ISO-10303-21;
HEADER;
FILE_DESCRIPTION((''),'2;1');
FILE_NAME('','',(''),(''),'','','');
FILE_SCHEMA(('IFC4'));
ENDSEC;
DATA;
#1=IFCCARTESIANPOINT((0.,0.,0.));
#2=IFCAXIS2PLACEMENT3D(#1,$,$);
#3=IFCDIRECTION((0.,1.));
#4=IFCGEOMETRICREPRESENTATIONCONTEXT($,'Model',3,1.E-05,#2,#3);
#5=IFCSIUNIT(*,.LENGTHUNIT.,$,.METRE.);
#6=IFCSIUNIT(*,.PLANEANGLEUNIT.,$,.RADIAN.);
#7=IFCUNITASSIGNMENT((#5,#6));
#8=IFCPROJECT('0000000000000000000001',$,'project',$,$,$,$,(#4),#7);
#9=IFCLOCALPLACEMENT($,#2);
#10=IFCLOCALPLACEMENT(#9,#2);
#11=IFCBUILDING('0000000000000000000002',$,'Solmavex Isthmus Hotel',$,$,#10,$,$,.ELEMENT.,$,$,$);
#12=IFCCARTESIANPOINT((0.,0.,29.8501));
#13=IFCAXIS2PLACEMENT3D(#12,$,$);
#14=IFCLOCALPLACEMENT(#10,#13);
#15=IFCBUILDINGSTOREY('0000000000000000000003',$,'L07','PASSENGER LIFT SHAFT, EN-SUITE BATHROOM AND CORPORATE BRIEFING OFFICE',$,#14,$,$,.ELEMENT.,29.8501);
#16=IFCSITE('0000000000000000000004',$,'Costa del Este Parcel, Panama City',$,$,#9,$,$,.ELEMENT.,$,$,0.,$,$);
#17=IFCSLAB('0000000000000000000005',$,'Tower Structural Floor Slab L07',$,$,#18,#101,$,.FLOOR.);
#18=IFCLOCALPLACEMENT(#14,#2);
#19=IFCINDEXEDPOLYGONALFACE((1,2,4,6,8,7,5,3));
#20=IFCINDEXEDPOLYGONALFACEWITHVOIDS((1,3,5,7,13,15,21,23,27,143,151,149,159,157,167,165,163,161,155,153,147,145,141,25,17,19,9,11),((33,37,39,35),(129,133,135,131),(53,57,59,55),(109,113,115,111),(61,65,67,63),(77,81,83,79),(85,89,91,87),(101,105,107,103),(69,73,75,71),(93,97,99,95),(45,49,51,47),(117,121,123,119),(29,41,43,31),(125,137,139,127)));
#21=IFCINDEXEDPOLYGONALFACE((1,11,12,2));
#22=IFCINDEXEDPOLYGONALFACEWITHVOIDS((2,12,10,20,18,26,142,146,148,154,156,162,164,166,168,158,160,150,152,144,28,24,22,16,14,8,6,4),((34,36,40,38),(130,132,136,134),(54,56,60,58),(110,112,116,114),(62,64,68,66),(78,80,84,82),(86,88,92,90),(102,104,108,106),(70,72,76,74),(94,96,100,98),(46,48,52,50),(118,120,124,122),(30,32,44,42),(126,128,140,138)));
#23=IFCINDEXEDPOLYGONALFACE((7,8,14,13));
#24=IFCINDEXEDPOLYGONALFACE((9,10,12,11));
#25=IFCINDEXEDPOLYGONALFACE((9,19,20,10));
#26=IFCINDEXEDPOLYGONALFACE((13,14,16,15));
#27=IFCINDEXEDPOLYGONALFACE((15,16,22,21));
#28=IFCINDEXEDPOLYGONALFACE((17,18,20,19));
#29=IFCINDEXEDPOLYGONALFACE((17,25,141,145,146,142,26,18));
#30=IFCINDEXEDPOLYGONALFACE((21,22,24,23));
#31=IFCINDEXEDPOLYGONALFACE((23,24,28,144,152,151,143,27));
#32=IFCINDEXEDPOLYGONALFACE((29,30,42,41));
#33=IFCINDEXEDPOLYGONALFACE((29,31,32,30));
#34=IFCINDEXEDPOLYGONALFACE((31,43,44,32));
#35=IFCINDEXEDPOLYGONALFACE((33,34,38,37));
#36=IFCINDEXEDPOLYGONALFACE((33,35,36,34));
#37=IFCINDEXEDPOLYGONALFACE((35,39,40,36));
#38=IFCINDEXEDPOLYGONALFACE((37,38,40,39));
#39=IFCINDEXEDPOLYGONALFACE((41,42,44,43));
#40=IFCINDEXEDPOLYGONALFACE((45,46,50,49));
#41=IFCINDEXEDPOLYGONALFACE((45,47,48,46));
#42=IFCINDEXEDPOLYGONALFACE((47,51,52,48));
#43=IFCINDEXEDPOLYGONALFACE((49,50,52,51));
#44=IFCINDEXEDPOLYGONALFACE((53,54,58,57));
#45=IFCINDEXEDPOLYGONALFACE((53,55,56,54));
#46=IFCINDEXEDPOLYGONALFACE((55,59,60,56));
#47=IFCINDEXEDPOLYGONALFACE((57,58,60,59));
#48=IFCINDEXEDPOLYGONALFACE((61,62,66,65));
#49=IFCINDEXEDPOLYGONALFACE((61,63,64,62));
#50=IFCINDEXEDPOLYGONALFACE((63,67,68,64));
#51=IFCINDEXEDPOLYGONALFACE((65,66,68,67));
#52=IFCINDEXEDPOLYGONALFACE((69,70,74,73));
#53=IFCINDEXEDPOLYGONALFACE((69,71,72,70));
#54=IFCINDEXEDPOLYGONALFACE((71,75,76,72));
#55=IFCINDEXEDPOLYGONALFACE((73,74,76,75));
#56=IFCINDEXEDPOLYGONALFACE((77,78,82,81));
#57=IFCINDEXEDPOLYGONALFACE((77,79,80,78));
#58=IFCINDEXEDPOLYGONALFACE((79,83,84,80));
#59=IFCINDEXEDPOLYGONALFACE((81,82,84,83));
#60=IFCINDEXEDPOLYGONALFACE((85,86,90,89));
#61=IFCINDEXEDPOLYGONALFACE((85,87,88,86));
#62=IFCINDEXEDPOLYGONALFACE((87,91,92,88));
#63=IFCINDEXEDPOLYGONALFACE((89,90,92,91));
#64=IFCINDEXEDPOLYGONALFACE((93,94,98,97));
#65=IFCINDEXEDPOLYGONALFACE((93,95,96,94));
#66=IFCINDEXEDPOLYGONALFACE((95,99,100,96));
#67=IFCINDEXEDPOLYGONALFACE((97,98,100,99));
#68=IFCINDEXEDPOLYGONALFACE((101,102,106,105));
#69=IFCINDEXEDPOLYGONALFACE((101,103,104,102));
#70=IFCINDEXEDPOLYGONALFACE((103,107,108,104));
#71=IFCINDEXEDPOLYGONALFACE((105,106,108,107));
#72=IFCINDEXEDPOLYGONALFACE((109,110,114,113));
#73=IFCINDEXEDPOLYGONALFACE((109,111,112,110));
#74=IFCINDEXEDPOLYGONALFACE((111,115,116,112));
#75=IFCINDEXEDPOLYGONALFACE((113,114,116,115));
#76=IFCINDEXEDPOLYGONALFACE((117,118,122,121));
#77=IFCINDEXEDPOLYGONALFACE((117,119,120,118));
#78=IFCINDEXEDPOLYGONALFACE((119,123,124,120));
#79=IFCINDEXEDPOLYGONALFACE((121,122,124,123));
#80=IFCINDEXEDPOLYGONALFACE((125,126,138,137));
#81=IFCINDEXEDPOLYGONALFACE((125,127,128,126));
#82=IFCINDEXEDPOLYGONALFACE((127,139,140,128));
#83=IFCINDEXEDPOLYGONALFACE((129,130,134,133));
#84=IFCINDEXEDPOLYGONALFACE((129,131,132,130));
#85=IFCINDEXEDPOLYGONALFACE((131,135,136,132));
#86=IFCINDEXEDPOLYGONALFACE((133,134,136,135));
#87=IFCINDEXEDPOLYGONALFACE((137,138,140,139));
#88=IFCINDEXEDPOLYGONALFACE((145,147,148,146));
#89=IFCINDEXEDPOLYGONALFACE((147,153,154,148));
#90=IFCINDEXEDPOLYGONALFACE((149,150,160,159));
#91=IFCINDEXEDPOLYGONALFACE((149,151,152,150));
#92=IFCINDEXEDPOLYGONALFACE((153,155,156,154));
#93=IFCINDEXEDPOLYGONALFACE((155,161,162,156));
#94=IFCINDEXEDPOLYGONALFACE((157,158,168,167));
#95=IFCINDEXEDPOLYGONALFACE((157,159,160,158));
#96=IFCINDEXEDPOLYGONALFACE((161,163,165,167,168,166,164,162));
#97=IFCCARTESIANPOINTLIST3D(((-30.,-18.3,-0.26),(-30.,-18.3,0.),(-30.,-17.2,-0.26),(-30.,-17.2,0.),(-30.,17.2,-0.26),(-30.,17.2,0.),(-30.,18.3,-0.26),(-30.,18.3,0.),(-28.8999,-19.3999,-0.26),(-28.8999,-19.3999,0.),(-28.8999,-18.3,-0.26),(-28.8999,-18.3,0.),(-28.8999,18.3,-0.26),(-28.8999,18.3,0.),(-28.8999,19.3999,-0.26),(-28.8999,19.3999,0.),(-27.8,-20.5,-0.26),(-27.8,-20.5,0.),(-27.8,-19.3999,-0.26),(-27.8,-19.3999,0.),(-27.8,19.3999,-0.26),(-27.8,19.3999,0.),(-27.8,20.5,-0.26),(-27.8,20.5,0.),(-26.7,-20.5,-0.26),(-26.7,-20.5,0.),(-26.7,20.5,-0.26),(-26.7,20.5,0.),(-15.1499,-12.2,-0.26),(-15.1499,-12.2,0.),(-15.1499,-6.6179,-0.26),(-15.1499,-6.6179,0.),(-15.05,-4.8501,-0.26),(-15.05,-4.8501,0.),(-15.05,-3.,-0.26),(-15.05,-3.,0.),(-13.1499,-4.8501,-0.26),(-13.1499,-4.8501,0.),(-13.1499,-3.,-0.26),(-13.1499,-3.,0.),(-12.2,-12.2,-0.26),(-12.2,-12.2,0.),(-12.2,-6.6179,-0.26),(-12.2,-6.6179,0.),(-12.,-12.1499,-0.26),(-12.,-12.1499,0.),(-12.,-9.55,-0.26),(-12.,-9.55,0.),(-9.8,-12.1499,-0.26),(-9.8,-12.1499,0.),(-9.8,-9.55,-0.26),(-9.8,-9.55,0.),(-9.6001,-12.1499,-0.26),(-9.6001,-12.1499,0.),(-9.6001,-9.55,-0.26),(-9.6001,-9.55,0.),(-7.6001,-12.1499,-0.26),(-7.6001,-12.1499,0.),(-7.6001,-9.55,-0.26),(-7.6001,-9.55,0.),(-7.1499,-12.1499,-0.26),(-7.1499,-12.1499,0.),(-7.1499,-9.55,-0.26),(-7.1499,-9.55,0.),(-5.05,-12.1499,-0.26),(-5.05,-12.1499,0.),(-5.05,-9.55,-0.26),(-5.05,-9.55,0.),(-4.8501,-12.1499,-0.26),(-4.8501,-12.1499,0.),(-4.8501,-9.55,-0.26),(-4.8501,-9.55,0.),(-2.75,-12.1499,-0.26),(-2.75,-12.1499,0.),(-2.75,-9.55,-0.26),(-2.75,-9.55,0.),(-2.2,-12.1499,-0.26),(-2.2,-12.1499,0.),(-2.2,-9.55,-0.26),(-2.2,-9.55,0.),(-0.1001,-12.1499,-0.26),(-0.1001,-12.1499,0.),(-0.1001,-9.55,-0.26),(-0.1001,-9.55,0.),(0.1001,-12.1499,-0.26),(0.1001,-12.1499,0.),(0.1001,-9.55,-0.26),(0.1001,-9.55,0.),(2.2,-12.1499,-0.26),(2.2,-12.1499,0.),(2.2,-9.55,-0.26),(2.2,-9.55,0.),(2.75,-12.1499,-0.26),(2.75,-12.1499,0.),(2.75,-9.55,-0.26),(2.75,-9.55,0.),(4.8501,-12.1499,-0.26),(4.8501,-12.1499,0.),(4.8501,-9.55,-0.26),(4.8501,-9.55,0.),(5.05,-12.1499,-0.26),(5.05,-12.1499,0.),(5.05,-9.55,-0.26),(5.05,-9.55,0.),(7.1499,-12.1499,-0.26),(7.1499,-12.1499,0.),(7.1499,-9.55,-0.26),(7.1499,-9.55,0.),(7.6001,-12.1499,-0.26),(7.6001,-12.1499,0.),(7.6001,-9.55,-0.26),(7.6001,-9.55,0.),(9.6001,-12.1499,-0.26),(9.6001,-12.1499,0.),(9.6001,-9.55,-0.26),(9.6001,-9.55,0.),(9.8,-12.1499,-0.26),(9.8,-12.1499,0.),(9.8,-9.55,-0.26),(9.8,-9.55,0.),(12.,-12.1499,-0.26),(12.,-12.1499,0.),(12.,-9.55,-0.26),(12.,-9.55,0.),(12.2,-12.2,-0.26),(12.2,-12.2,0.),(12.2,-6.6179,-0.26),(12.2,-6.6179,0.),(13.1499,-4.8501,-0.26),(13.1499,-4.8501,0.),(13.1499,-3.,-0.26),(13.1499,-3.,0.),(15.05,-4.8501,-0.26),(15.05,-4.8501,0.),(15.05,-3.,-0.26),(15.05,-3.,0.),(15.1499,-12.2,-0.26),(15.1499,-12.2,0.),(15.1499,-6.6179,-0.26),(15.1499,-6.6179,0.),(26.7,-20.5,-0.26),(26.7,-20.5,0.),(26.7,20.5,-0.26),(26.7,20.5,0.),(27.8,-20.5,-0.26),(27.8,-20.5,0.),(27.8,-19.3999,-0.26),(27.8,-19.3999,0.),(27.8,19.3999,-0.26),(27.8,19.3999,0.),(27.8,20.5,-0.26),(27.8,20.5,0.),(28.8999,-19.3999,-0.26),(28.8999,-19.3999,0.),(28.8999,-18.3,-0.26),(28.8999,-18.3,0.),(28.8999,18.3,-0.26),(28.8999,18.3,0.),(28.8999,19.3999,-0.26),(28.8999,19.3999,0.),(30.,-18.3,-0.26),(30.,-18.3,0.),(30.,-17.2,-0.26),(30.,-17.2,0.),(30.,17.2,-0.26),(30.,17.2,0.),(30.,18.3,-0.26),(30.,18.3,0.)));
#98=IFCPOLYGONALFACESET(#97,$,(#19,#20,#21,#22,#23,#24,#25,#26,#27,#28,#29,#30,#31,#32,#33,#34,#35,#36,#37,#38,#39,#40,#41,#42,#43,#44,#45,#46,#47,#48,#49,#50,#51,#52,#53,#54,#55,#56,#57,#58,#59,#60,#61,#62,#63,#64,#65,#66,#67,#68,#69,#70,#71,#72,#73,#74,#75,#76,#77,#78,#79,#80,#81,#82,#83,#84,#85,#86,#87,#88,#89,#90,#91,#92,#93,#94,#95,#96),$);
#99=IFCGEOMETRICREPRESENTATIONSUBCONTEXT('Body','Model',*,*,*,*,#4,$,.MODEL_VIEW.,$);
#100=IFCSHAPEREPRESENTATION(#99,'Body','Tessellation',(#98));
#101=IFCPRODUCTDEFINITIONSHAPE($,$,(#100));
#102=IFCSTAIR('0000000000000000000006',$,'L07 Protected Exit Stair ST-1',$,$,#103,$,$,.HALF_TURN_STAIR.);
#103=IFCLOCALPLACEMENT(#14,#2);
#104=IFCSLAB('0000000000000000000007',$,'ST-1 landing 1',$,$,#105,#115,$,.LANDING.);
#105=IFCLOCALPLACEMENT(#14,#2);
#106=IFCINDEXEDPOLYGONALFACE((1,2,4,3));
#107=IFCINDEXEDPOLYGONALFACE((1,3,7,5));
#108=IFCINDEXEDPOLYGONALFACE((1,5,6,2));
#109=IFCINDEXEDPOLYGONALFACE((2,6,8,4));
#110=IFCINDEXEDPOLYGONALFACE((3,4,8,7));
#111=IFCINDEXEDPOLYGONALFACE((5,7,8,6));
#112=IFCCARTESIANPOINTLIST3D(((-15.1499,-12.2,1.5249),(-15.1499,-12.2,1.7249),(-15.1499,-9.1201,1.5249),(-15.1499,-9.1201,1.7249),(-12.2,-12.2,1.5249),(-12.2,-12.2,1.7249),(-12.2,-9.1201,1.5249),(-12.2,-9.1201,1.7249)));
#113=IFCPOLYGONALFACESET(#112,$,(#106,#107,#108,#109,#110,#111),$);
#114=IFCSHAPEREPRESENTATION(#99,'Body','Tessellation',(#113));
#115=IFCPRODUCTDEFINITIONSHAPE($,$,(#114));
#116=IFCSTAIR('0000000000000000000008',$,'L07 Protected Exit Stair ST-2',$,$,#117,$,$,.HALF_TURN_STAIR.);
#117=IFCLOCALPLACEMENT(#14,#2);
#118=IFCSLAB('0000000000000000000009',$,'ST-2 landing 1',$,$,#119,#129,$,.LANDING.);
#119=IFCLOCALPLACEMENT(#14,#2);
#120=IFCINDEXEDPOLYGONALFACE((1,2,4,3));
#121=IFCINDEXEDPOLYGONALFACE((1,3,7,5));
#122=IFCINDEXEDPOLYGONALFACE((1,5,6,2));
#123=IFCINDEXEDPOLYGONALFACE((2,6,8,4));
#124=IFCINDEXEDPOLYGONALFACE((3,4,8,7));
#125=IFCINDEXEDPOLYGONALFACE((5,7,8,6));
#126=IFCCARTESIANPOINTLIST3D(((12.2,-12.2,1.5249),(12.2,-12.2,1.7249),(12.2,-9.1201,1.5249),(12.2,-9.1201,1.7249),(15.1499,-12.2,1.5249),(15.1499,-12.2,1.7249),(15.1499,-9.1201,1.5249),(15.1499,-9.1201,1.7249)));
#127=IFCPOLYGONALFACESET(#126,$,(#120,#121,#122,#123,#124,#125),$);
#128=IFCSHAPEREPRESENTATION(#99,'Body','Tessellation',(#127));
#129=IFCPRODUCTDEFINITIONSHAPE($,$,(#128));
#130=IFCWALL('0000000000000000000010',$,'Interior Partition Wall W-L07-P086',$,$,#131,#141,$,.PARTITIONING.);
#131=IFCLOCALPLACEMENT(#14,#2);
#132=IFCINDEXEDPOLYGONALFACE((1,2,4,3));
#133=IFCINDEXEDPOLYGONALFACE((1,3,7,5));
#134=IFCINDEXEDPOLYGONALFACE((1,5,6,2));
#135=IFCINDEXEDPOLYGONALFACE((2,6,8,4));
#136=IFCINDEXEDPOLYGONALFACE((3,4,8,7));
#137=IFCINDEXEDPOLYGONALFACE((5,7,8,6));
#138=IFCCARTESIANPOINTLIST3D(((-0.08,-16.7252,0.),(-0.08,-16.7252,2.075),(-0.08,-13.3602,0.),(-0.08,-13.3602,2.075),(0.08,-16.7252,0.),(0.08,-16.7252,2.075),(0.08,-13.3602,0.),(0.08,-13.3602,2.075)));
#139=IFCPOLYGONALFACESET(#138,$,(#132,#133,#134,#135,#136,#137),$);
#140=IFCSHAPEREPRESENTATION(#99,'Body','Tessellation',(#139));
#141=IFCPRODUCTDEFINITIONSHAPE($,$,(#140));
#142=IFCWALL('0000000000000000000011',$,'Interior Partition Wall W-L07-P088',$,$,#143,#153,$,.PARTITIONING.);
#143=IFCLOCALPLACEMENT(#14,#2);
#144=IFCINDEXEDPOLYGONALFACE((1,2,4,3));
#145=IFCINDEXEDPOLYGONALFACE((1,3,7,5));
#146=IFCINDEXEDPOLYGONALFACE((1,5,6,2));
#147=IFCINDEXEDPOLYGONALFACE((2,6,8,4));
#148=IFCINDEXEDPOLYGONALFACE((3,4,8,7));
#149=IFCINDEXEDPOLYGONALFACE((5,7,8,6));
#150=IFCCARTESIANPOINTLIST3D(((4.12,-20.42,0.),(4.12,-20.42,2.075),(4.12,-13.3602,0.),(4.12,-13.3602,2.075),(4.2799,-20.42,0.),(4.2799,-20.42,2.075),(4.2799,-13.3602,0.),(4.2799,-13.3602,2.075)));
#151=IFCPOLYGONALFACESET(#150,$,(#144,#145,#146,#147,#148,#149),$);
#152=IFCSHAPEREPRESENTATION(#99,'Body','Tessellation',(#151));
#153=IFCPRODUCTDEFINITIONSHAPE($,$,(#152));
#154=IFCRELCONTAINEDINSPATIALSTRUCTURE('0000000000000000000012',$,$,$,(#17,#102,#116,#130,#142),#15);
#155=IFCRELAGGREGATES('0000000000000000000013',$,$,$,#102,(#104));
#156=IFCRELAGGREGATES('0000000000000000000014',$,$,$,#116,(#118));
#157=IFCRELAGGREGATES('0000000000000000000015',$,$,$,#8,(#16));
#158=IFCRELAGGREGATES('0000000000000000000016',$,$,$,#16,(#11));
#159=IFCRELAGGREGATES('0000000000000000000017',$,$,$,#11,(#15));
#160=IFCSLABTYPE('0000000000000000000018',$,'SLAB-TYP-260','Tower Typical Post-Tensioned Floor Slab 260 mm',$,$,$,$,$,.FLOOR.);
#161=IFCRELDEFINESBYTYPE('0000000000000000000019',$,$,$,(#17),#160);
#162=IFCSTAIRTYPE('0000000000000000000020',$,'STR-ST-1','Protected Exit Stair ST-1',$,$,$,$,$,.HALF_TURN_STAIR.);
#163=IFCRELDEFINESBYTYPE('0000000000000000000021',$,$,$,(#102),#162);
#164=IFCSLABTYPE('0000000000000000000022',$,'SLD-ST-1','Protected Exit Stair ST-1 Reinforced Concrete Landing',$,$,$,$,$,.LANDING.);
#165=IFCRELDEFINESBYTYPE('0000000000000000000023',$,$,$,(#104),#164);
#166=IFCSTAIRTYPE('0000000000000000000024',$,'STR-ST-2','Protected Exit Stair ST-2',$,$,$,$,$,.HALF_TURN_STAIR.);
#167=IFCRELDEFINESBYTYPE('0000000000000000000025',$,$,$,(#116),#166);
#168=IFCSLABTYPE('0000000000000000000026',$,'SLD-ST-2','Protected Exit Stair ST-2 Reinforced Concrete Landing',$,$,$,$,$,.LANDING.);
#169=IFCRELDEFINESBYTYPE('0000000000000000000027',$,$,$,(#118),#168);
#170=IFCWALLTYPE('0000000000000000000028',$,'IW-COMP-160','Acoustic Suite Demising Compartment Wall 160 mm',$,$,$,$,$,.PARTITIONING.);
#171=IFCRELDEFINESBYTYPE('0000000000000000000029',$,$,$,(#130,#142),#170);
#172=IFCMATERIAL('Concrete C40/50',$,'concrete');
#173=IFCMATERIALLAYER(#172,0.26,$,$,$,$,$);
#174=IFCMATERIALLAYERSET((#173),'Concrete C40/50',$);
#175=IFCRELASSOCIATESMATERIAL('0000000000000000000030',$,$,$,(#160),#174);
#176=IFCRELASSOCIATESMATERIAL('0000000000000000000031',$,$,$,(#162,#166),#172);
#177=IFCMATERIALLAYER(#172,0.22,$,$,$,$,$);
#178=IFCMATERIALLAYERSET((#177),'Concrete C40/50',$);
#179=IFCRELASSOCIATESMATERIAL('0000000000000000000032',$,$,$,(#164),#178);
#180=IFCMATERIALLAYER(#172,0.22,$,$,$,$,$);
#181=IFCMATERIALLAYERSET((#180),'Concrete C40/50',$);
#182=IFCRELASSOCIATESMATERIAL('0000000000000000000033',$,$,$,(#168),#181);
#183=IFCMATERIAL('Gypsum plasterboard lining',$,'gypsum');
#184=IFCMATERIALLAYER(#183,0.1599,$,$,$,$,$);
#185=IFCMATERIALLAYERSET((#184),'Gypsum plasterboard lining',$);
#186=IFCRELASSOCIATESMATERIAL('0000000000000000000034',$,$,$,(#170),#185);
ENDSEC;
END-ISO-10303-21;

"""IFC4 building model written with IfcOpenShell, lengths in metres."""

from ifc_helpers import new_model, si_unit, direction, frame, frame_2d, origin, place, context, subcontext, project, spatial, polyline, rectangle, outline, extrude, material, layer, layer_set, type_object, element, aggregate, save


model = new_model("IFC4")

# Units and contexts
model_context = context("Model", 3, precision=1e-05, world=origin(), true_north=direction((0.0, 1.0)))
body_context = subcontext(model_context, "Body", "Model", "MODEL_VIEW")
ifc_project = project(units=[si_unit("LENGTHUNIT", "METRE"), si_unit("PLANEANGLEUNIT", "RADIAN")], contexts=[model_context])

# Site, building, storey
site_placement = place(None, origin())
site = spatial("IfcSite", under=ifc_project, at=site_placement, Name="Costa del Este Parcel, Panama City", CompositionType="ELEMENT", RefElevation=0.0)
building_placement = place(site_placement, origin())
building = spatial("IfcBuilding", under=site, at=building_placement, Name="Solmavex Isthmus Hotel", CompositionType="ELEMENT")
storey_placement = place(building_placement, frame((0.0, 0.0, 29.8501)))
storey = spatial("IfcBuildingStorey", under=building, at=storey_placement, Name="L07", Description="PASSENGER LIFT SHAFT, EN-SUITE BATHROOM AND CORPORATE BRIEFING OFFICE", CompositionType="ELEMENT", Elevation=29.8501)

# Slab
ifc_material_1 = material(Name="Concrete C40/50", Category="concrete")
ifc_layer_1 = layer(ifc_material_1, 0.26)
ifc_layer_set_1 = layer_set([ifc_layer_1], Name="Concrete C40/50")
slab_type_1 = type_object("IfcSlabType", Name="SLAB-TYP-260", Description="Tower Typical Post-Tensioned Floor Slab 260 mm", PredefinedType="FLOOR", material=ifc_layer_set_1)
slab_1_placement = place(storey_placement, frame((0.0, 0.0, -0.26)))
element("IfcSlab", 1, at=slab_1_placement, inside=storey, type_object=slab_type_1, Name="Tower Structural Floor Slab L07", PredefinedType="FLOOR", context=body_context, shape_type="SweptSolid", body=[
    extrude(outline(polyline([(-26.7, -20.5), (26.7, -20.5), (27.8, -20.5), (27.8, -19.3999), (28.8999, -19.3999), (28.8999, -18.3), (30.0, -18.3), (30.0, -17.2), (30.0, 17.2), (30.0, 18.3), (28.8999, 18.3), (28.8999, 19.3999), (27.8, 19.3999), (27.8, 20.5), (26.7, 20.5), (-26.7, 20.5), (-27.8, 20.5), (-27.8, 19.3999), (-28.8999, 19.3999), (-28.8999, 18.3), (-30.0, 18.3), (-30.0, 17.2), (-30.0, -17.2), (-30.0, -18.3), (-28.8999, -18.3), (-28.8999, -19.3999), (-27.8, -19.3999), (-27.8, -20.5), (-26.7, -20.5)]), holes=[polyline([(-15.1499, -6.6179), (-15.1499, -12.2), (-12.2, -12.2), (-12.2, -6.6179), (-15.1499, -6.6179)]), polyline([(12.2, -6.6179), (12.2, -12.2), (15.1499, -12.2), (15.1499, -6.6179), (12.2, -6.6179)]), polyline([(-12.0, -12.1499), (-9.8, -12.1499), (-9.8, -9.55), (-12.0, -9.55), (-12.0, -12.1499)]), polyline([(9.8, -12.1499), (12.0, -12.1499), (12.0, -9.55), (9.8, -9.55), (9.8, -12.1499)]), polyline([(-9.6001, -12.1499), (-7.6001, -12.1499), (-7.6001, -9.55), (-9.6001, -9.55), (-9.6001, -12.1499)]), polyline([(7.6001, -12.1499), (9.6001, -12.1499), (9.6001, -9.55), (7.6001, -9.55), (7.6001, -12.1499)]), polyline([(-7.1499, -12.1499), (-5.05, -12.1499), (-5.05, -9.55), (-7.1499, -9.55), (-7.1499, -12.1499)]), polyline([(-4.8501, -12.1499), (-2.75, -12.1499), (-2.75, -9.55), (-4.8501, -9.55), (-4.8501, -12.1499)]), polyline([(-2.2, -12.1499), (-0.1001, -12.1499), (-0.1001, -9.55), (-2.2, -9.55), (-2.2, -12.1499)]), polyline([(0.1001, -12.1499), (2.2, -12.1499), (2.2, -9.55), (0.1001, -9.55), (0.1001, -12.1499)]), polyline([(2.75, -12.1499), (4.8501, -12.1499), (4.8501, -9.55), (2.75, -9.55), (2.75, -12.1499)]), polyline([(5.05, -12.1499), (7.1499, -12.1499), (7.1499, -9.55), (5.05, -9.55), (5.05, -12.1499)]), polyline([(-15.05, -4.8501), (-13.1499, -4.8501), (-13.1499, -3.0), (-15.05, -3.0), (-15.05, -4.8501)]), polyline([(13.1499, -4.8501), (15.05, -4.8501), (15.05, -3.0), (13.1499, -3.0), (13.1499, -4.8501)])]), origin(), (0.0, 0.0, 1.0), 0.26),
])

# Stairs, slabs
stair_type_1 = type_object("IfcStairType", Name="STR-ST-1", Description="Protected Exit Stair ST-1", PredefinedType="HALF_TURN_STAIR", material=ifc_material_1)
stair_1_placement = place(storey_placement, origin())
stair_1 = element("IfcStair", 2, at=stair_1_placement, inside=storey, type_object=stair_type_1, Name="L07 Protected Exit Stair ST-1", PredefinedType="HALF_TURN_STAIR")
ifc_layer_2 = layer(ifc_material_1, 0.22)
ifc_layer_set_2 = layer_set([ifc_layer_2], Name="Concrete C40/50")
slab_type_2 = type_object("IfcSlabType", Name="SLD-ST-1", Description="Protected Exit Stair ST-1 Reinforced Concrete Landing", PredefinedType="LANDING", material=ifc_layer_set_2)
slab_2_placement = place(storey_placement, frame((0.0, 0.0, 1.5249)))
slab_2 = element("IfcSlab", 3, at=slab_2_placement, type_object=slab_type_2, Name="ST-1 landing 1", PredefinedType="LANDING", context=body_context, shape_type="SweptSolid", body=[
    extrude(outline(polyline([(-15.1499, -9.1201), (-15.1499, -12.2), (-12.2, -12.2), (-12.2, -9.1201), (-15.1499, -9.1201)])), origin(), (0.0, 0.0, 1.0), 0.2),
])
aggregate(stair_1, [slab_2])
stair_type_2 = type_object("IfcStairType", Name="STR-ST-2", Description="Protected Exit Stair ST-2", PredefinedType="HALF_TURN_STAIR", material=ifc_material_1)
stair_2_placement = place(storey_placement, origin())
stair_2 = element("IfcStair", 4, at=stair_2_placement, inside=storey, type_object=stair_type_2, Name="L07 Protected Exit Stair ST-2", PredefinedType="HALF_TURN_STAIR")
ifc_layer_3 = layer(ifc_material_1, 0.22)
ifc_layer_set_3 = layer_set([ifc_layer_3], Name="Concrete C40/50")
slab_type_3 = type_object("IfcSlabType", Name="SLD-ST-2", Description="Protected Exit Stair ST-2 Reinforced Concrete Landing", PredefinedType="LANDING", material=ifc_layer_set_3)
slab_3_placement = place(storey_placement, frame((0.0, 0.0, 1.5249)))
slab_3 = element("IfcSlab", 5, at=slab_3_placement, type_object=slab_type_3, Name="ST-2 landing 1", PredefinedType="LANDING", context=body_context, shape_type="SweptSolid", body=[
    extrude(outline(polyline([(12.2, -9.1201), (12.2, -12.2), (15.1499, -12.2), (15.1499, -9.1201), (12.2, -9.1201)])), origin(), (0.0, 0.0, 1.0), 0.2),
])
aggregate(stair_2, [slab_3])

# Walls
ifc_material_2 = material(Name="Gypsum plasterboard lining", Category="gypsum")
ifc_layer_4 = layer(ifc_material_2, 0.1599)
ifc_layer_set_4 = layer_set([ifc_layer_4], Name="Gypsum plasterboard lining")
wall_type_1 = type_object("IfcWallType", Name="IW-COMP-160", Description="Acoustic Suite Demising Compartment Wall 160 mm", PredefinedType="PARTITIONING", material=ifc_layer_set_4)
wall_1_placement = place(storey_placement, frame((0.0, -13.3601, 0.0), z_axis=(0.0, 0.0, 1.0), x_axis=(0.0, -1.0, 0.0)))
element("IfcWall", 6, at=wall_1_placement, inside=storey, type_object=wall_type_1, Name="Interior Partition Wall W-L07-P086", PredefinedType="PARTITIONING", context=body_context, shape_type="SweptSolid", body=[
    extrude(rectangle(XDim=3.365, YDim=0.1599, at=frame_2d((1.6826, 0.0))), origin(), (0.0, 0.0, 1.0), 2.075),
])
wall_2_placement = place(storey_placement, frame((4.2, -20.4199, 0.0), z_axis=(0.0, 0.0, 1.0), x_axis=(0.0, 1.0, 0.0)))
element("IfcWall", 7, at=wall_2_placement, inside=storey, type_object=wall_type_1, Name="Interior Partition Wall W-L07-P088", PredefinedType="PARTITIONING", context=body_context, shape_type="SweptSolid", body=[
    extrude(rectangle(XDim=7.0598, YDim=0.1599, at=frame_2d((3.5298, 0.0))), origin(), (0.0, 0.0, 1.0), 2.075),
])

save(model, "model.ifc")
